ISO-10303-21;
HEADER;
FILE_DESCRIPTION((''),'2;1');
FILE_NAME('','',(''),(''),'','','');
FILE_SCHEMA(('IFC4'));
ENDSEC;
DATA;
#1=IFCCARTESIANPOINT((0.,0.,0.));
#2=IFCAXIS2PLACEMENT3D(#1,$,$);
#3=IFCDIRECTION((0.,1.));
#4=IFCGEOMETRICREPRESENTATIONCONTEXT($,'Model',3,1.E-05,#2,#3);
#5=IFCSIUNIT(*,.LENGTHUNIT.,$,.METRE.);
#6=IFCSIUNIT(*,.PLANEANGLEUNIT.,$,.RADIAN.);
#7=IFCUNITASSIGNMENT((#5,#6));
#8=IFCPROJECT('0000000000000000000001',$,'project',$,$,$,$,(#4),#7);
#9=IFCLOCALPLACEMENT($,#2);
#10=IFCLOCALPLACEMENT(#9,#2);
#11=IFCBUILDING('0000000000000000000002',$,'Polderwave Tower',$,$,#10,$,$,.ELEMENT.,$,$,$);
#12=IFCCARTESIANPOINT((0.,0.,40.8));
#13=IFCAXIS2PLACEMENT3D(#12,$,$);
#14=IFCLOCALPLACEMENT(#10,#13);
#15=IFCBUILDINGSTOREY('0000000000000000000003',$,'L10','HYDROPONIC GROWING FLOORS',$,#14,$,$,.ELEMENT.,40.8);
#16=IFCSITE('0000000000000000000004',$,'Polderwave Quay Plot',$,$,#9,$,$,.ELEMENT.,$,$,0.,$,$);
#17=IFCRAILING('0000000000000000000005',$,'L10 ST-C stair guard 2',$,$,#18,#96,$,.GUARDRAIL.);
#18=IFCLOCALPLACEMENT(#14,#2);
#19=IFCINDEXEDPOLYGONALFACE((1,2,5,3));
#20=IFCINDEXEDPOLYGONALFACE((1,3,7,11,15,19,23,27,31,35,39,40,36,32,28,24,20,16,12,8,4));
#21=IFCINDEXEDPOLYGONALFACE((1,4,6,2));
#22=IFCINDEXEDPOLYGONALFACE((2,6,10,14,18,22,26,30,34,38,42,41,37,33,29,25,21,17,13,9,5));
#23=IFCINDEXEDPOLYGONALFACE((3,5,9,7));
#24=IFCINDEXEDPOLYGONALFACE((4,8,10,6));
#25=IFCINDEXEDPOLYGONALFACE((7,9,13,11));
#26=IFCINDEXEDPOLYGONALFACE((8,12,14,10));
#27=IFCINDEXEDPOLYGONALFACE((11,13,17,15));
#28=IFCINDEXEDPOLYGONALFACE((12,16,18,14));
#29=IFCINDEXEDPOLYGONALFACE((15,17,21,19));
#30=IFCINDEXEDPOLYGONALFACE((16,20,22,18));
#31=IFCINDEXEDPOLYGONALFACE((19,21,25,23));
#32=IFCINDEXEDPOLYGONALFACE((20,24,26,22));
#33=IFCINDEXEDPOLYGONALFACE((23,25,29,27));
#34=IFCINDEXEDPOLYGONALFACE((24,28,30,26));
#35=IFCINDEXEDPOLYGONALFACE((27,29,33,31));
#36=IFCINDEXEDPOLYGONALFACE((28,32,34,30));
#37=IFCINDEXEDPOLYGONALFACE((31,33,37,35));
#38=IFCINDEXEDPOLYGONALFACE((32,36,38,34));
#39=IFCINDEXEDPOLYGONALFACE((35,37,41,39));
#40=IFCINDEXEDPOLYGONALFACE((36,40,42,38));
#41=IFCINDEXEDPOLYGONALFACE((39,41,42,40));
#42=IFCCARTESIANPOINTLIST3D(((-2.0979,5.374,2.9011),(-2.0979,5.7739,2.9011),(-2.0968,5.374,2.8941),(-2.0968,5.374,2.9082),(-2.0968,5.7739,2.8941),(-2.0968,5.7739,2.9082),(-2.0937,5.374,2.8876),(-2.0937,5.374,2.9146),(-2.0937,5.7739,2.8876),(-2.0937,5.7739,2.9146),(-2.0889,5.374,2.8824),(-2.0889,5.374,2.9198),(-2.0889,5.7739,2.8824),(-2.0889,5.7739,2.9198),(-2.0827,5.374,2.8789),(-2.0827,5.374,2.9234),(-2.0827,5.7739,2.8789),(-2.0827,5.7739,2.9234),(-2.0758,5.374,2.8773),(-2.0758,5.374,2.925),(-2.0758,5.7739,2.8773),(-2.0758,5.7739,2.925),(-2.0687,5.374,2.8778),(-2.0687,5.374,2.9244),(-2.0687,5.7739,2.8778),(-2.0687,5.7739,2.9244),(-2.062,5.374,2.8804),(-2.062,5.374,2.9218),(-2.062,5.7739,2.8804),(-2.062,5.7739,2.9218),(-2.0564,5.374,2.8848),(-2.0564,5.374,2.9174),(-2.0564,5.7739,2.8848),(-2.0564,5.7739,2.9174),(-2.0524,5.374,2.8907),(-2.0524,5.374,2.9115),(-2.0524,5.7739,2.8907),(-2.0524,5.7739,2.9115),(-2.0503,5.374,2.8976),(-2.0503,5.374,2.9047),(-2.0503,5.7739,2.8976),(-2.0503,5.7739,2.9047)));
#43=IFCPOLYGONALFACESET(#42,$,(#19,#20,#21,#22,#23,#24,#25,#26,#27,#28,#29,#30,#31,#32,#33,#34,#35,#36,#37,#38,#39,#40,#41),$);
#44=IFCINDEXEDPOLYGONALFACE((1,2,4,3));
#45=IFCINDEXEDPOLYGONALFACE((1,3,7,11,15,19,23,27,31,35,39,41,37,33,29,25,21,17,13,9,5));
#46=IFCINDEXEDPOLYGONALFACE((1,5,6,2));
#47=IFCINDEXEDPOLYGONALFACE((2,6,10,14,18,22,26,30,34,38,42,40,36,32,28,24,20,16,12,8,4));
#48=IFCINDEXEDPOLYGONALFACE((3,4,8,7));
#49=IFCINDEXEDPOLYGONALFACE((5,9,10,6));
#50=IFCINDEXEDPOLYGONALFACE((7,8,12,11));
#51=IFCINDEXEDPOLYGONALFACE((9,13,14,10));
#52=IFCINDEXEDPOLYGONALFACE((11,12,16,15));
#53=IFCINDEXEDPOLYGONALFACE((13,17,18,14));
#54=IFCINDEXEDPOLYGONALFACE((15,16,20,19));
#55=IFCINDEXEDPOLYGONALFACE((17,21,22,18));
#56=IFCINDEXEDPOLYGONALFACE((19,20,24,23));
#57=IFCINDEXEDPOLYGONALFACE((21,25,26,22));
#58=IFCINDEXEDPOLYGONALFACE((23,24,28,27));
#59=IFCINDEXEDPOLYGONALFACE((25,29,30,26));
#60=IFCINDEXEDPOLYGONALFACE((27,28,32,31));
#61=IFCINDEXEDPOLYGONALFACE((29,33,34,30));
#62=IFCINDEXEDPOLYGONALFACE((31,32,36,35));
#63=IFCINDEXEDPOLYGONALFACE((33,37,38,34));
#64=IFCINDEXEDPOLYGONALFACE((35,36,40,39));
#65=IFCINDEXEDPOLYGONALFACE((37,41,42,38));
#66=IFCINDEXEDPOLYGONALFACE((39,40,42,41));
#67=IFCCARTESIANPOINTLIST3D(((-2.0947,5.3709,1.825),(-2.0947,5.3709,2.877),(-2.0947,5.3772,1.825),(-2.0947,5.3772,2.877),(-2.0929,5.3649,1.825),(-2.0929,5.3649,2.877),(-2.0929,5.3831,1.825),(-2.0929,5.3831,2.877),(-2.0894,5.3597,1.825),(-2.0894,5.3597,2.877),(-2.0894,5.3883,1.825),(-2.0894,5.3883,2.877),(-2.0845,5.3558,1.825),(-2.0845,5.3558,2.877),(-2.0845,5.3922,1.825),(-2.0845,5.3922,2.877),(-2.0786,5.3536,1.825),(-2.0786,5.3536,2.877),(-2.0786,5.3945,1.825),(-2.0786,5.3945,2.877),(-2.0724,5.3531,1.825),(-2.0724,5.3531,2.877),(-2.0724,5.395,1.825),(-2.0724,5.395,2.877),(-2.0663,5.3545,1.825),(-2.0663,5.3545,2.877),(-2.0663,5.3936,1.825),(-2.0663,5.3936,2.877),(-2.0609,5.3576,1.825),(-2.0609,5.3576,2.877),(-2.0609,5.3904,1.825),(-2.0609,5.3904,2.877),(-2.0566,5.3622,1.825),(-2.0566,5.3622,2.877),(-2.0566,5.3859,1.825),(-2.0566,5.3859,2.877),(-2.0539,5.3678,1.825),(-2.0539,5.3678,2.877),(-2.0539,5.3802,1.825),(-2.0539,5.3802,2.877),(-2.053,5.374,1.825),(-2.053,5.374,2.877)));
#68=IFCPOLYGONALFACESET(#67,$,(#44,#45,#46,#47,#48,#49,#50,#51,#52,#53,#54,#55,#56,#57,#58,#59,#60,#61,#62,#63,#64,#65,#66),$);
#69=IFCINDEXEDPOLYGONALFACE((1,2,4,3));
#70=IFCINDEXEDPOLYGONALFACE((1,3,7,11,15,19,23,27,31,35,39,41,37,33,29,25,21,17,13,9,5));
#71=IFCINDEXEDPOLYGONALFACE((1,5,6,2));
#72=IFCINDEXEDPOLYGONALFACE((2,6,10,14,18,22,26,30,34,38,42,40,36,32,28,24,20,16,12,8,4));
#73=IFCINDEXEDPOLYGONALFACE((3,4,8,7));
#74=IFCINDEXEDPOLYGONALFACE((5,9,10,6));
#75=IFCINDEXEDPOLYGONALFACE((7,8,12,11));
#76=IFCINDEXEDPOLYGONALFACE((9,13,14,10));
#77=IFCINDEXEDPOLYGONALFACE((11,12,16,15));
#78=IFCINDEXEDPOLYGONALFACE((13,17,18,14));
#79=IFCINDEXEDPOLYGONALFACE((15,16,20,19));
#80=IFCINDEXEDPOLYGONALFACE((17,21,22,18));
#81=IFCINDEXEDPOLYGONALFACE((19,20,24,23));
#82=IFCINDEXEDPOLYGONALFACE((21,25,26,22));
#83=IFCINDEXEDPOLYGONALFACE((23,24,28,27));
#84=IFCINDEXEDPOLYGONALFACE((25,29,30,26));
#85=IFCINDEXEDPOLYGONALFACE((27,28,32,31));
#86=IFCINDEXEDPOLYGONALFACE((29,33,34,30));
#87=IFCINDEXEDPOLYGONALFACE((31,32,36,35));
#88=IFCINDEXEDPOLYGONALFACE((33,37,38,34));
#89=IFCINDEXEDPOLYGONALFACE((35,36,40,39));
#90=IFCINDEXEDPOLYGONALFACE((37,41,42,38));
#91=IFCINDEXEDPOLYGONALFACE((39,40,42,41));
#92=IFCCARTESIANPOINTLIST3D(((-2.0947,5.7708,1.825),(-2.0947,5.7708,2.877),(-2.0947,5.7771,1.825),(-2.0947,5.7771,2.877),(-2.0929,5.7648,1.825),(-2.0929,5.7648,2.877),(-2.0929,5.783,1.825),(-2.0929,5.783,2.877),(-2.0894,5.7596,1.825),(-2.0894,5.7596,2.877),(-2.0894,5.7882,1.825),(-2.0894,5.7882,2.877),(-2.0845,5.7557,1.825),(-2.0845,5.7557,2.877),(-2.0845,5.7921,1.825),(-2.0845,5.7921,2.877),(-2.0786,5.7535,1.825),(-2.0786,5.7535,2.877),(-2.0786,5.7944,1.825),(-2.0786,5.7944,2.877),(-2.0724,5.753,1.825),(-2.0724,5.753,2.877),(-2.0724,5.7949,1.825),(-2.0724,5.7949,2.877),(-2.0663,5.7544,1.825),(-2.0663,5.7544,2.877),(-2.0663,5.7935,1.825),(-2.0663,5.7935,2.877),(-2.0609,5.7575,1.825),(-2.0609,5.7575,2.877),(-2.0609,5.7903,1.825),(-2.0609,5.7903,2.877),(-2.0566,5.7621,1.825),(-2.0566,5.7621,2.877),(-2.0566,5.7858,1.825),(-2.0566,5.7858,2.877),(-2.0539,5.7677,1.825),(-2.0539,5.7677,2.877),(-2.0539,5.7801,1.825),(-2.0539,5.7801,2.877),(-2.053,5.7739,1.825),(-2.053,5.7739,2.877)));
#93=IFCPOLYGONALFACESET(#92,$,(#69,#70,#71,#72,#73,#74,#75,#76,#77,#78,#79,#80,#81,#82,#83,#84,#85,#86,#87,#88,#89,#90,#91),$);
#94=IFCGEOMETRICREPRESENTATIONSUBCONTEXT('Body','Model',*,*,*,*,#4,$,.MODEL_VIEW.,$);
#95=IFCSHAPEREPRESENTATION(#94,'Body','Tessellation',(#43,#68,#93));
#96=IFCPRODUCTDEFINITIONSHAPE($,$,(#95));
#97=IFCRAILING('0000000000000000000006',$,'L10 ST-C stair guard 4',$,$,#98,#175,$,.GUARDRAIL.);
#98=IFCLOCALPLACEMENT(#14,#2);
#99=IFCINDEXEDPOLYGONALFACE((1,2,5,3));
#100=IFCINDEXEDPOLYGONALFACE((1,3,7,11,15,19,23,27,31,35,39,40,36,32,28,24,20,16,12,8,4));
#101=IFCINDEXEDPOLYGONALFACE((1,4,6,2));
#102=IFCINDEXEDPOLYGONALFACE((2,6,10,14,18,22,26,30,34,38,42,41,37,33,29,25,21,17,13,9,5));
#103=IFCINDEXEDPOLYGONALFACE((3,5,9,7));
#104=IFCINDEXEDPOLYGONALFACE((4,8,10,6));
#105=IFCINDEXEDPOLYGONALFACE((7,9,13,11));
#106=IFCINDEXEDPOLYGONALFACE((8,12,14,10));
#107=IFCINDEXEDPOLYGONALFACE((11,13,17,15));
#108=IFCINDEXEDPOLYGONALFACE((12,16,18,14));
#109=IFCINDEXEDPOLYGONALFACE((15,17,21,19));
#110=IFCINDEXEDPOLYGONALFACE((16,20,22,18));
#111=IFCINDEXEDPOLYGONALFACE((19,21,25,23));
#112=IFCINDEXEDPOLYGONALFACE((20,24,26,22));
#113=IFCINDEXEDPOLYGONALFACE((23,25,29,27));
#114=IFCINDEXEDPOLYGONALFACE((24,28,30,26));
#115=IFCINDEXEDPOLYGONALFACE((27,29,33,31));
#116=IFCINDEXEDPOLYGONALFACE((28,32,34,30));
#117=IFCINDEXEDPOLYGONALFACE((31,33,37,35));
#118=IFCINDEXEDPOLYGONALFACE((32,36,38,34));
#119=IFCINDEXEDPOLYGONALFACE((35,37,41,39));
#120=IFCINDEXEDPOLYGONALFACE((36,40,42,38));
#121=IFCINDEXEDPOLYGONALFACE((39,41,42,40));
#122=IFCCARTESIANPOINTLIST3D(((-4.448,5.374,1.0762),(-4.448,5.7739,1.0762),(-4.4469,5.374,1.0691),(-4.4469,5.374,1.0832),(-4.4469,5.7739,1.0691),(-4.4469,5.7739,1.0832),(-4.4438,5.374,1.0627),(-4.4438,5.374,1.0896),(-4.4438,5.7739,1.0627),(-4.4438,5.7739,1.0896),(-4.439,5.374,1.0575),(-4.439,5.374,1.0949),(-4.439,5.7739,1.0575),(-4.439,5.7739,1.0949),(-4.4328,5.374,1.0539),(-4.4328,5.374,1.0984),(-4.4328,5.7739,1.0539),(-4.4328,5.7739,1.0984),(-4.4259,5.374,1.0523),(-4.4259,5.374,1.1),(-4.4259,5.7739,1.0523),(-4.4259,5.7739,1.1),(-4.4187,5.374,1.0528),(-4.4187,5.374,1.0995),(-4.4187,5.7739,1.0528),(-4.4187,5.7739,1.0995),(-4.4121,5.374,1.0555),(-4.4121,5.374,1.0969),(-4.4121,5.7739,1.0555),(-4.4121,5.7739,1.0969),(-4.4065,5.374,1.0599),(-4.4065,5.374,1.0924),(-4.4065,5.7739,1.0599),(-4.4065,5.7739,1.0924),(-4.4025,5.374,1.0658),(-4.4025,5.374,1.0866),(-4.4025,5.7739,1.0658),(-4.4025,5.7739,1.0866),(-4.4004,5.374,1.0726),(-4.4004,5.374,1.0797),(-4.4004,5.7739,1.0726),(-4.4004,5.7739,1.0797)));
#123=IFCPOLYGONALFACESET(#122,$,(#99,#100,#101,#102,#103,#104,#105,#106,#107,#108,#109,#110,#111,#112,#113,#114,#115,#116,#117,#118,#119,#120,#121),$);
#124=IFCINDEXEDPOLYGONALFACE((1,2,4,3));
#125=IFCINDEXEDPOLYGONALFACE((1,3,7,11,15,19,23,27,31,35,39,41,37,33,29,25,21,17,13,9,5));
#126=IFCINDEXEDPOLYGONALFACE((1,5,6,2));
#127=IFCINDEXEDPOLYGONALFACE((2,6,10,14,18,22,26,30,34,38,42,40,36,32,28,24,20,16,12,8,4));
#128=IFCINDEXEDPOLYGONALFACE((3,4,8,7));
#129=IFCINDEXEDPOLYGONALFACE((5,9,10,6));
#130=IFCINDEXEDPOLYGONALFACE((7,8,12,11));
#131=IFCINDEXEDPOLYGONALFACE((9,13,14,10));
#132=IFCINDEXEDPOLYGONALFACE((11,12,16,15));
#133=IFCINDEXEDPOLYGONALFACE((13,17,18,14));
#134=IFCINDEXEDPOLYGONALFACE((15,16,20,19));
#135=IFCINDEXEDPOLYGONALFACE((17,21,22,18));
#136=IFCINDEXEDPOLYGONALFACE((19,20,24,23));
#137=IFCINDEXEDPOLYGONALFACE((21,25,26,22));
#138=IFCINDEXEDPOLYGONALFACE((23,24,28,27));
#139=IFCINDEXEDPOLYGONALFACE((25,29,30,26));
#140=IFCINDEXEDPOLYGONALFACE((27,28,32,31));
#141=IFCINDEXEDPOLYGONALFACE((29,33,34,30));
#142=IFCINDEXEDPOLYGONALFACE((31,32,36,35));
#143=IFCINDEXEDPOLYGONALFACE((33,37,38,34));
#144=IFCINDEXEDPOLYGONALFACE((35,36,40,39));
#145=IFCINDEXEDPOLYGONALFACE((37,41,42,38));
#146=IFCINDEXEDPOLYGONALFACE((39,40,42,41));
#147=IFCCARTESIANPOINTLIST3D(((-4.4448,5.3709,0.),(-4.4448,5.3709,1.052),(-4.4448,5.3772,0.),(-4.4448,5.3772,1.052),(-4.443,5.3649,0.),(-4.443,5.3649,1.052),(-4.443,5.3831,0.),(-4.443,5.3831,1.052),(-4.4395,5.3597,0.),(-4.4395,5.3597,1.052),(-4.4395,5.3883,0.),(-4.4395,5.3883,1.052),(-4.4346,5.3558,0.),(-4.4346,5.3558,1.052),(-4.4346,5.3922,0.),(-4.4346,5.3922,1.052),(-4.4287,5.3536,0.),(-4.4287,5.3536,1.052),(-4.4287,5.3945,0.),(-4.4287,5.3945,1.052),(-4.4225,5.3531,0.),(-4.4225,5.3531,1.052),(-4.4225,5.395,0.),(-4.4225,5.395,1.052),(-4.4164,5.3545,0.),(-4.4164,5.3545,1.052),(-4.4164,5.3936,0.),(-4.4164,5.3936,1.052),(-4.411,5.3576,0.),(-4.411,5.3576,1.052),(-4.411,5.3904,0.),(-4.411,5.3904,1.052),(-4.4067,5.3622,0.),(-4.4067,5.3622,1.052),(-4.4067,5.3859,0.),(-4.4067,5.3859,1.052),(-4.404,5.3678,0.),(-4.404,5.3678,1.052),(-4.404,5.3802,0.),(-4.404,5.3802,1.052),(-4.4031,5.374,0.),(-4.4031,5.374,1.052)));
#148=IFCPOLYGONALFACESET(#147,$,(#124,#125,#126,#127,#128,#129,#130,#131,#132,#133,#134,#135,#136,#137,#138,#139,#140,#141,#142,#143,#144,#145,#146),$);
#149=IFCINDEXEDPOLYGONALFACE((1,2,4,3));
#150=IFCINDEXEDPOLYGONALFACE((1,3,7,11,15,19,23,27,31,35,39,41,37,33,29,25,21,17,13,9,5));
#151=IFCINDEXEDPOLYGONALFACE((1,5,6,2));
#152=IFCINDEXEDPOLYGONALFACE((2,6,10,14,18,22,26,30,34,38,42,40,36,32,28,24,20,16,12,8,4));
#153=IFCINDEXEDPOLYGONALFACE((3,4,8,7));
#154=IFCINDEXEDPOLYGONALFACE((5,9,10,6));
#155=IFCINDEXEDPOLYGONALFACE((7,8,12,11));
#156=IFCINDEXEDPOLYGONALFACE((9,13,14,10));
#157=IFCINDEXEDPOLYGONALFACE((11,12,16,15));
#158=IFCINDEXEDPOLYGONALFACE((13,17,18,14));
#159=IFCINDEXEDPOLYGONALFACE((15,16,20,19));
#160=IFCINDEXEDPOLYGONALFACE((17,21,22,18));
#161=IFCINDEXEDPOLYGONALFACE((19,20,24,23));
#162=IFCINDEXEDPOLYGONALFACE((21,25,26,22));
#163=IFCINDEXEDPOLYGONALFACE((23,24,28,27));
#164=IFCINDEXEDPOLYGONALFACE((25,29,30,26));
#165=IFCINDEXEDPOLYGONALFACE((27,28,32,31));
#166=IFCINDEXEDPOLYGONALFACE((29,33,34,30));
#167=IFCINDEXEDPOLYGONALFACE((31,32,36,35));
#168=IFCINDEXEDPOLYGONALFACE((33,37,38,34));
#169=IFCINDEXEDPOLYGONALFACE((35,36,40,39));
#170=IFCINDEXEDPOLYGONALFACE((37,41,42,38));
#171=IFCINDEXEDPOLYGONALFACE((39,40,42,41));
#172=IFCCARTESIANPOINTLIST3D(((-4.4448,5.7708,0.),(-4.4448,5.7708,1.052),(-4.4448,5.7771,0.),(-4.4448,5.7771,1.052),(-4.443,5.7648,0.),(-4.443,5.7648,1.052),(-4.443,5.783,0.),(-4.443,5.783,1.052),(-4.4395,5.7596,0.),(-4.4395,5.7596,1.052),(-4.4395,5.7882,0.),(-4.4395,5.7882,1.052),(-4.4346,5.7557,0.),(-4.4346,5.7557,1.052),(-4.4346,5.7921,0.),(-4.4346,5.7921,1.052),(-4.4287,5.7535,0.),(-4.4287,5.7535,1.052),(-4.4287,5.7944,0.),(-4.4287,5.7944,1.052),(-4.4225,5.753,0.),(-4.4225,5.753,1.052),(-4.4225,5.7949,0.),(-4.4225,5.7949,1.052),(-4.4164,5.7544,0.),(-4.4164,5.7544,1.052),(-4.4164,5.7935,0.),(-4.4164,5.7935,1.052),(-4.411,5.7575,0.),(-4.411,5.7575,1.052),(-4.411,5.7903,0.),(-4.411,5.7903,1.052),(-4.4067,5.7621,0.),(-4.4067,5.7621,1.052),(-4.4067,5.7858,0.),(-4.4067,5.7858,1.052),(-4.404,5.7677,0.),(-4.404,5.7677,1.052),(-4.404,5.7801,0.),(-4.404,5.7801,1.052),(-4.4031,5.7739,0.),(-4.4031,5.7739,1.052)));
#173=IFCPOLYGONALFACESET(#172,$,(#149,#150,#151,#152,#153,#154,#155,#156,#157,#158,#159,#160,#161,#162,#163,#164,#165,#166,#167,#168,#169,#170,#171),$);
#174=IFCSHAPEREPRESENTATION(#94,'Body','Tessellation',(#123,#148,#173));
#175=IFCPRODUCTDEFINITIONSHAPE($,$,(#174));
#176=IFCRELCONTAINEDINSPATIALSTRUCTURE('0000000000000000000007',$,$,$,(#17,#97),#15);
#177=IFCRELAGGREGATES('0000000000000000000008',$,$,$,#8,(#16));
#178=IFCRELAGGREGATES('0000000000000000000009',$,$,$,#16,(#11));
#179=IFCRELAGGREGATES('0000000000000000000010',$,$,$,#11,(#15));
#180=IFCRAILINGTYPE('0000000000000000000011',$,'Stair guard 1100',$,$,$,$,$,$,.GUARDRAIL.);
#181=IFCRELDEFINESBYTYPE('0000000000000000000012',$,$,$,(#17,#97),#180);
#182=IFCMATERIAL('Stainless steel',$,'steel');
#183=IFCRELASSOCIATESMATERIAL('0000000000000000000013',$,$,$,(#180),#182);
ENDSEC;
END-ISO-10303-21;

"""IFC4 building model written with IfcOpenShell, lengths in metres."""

from ifc_helpers import new_model, si_unit, direction, frame, origin, origin_2d, place, context, subcontext, project, spatial, circle, extrude, material, type_object, element, save


model = new_model("IFC4")

# Units and contexts
model_context = context("Model", 3, precision=1e-05, world=origin(), true_north=direction((0.0, 1.0)))
body_context = subcontext(model_context, "Body", "Model", "MODEL_VIEW")
ifc_project = project(units=[si_unit("LENGTHUNIT", "METRE"), si_unit("PLANEANGLEUNIT", "RADIAN")], contexts=[model_context])

# Site, building, storey
site_placement = place(None, origin())
site = spatial("IfcSite", under=ifc_project, at=site_placement, Name="Polderwave Quay Plot", CompositionType="ELEMENT", RefElevation=0.0)
building_placement = place(site_placement, origin())
building = spatial("IfcBuilding", under=site, at=building_placement, Name="Polderwave Tower", CompositionType="ELEMENT")
storey_placement = place(building_placement, frame((0.0, 0.0, 40.8)))
storey = spatial("IfcBuildingStorey", under=building, at=storey_placement, Name="L10", Description="HYDROPONIC GROWING FLOORS", CompositionType="ELEMENT", Elevation=40.8)

# Railings
ifc_material_1 = material(Name="Stainless steel", Category="steel")
railing_type_1 = type_object("IfcRailingType", Name="Stair guard 1100", PredefinedType="GUARDRAIL", material=ifc_material_1)
for number, where, name in (
    (1, (-2.074, 5.374, 1.825), "L10 ST-C stair guard 2"),
    (2, (-4.4241, 5.374, 0.0), "L10 ST-C stair guard 4"),
):
    element("IfcRailing", number, at=place(storey_placement, frame(where)), inside=storey, type_object=railing_type_1, Name=name, PredefinedType="GUARDRAIL", context=body_context, shape_type="SweptSolid", body=[
        extrude(circle(Radius=0.0239, at=origin_2d()), frame((0.0, 0.0, 1.0762), z_axis=(0.0, 1.0, 0.0), x_axis=(-1.0, 0.0, 0.0)), (0.0, 0.0, 1.0), 0.3999),
        extrude(circle(Radius=0.021, at=origin_2d()), origin(), (0.0, 0.0, 1.0), 1.052),
        extrude(circle(Radius=0.021, at=origin_2d()), frame((0.0, 0.3999, 0.0)), (0.0, 0.0, 1.0), 1.052),
    ])

save(model, "model.ifc")
